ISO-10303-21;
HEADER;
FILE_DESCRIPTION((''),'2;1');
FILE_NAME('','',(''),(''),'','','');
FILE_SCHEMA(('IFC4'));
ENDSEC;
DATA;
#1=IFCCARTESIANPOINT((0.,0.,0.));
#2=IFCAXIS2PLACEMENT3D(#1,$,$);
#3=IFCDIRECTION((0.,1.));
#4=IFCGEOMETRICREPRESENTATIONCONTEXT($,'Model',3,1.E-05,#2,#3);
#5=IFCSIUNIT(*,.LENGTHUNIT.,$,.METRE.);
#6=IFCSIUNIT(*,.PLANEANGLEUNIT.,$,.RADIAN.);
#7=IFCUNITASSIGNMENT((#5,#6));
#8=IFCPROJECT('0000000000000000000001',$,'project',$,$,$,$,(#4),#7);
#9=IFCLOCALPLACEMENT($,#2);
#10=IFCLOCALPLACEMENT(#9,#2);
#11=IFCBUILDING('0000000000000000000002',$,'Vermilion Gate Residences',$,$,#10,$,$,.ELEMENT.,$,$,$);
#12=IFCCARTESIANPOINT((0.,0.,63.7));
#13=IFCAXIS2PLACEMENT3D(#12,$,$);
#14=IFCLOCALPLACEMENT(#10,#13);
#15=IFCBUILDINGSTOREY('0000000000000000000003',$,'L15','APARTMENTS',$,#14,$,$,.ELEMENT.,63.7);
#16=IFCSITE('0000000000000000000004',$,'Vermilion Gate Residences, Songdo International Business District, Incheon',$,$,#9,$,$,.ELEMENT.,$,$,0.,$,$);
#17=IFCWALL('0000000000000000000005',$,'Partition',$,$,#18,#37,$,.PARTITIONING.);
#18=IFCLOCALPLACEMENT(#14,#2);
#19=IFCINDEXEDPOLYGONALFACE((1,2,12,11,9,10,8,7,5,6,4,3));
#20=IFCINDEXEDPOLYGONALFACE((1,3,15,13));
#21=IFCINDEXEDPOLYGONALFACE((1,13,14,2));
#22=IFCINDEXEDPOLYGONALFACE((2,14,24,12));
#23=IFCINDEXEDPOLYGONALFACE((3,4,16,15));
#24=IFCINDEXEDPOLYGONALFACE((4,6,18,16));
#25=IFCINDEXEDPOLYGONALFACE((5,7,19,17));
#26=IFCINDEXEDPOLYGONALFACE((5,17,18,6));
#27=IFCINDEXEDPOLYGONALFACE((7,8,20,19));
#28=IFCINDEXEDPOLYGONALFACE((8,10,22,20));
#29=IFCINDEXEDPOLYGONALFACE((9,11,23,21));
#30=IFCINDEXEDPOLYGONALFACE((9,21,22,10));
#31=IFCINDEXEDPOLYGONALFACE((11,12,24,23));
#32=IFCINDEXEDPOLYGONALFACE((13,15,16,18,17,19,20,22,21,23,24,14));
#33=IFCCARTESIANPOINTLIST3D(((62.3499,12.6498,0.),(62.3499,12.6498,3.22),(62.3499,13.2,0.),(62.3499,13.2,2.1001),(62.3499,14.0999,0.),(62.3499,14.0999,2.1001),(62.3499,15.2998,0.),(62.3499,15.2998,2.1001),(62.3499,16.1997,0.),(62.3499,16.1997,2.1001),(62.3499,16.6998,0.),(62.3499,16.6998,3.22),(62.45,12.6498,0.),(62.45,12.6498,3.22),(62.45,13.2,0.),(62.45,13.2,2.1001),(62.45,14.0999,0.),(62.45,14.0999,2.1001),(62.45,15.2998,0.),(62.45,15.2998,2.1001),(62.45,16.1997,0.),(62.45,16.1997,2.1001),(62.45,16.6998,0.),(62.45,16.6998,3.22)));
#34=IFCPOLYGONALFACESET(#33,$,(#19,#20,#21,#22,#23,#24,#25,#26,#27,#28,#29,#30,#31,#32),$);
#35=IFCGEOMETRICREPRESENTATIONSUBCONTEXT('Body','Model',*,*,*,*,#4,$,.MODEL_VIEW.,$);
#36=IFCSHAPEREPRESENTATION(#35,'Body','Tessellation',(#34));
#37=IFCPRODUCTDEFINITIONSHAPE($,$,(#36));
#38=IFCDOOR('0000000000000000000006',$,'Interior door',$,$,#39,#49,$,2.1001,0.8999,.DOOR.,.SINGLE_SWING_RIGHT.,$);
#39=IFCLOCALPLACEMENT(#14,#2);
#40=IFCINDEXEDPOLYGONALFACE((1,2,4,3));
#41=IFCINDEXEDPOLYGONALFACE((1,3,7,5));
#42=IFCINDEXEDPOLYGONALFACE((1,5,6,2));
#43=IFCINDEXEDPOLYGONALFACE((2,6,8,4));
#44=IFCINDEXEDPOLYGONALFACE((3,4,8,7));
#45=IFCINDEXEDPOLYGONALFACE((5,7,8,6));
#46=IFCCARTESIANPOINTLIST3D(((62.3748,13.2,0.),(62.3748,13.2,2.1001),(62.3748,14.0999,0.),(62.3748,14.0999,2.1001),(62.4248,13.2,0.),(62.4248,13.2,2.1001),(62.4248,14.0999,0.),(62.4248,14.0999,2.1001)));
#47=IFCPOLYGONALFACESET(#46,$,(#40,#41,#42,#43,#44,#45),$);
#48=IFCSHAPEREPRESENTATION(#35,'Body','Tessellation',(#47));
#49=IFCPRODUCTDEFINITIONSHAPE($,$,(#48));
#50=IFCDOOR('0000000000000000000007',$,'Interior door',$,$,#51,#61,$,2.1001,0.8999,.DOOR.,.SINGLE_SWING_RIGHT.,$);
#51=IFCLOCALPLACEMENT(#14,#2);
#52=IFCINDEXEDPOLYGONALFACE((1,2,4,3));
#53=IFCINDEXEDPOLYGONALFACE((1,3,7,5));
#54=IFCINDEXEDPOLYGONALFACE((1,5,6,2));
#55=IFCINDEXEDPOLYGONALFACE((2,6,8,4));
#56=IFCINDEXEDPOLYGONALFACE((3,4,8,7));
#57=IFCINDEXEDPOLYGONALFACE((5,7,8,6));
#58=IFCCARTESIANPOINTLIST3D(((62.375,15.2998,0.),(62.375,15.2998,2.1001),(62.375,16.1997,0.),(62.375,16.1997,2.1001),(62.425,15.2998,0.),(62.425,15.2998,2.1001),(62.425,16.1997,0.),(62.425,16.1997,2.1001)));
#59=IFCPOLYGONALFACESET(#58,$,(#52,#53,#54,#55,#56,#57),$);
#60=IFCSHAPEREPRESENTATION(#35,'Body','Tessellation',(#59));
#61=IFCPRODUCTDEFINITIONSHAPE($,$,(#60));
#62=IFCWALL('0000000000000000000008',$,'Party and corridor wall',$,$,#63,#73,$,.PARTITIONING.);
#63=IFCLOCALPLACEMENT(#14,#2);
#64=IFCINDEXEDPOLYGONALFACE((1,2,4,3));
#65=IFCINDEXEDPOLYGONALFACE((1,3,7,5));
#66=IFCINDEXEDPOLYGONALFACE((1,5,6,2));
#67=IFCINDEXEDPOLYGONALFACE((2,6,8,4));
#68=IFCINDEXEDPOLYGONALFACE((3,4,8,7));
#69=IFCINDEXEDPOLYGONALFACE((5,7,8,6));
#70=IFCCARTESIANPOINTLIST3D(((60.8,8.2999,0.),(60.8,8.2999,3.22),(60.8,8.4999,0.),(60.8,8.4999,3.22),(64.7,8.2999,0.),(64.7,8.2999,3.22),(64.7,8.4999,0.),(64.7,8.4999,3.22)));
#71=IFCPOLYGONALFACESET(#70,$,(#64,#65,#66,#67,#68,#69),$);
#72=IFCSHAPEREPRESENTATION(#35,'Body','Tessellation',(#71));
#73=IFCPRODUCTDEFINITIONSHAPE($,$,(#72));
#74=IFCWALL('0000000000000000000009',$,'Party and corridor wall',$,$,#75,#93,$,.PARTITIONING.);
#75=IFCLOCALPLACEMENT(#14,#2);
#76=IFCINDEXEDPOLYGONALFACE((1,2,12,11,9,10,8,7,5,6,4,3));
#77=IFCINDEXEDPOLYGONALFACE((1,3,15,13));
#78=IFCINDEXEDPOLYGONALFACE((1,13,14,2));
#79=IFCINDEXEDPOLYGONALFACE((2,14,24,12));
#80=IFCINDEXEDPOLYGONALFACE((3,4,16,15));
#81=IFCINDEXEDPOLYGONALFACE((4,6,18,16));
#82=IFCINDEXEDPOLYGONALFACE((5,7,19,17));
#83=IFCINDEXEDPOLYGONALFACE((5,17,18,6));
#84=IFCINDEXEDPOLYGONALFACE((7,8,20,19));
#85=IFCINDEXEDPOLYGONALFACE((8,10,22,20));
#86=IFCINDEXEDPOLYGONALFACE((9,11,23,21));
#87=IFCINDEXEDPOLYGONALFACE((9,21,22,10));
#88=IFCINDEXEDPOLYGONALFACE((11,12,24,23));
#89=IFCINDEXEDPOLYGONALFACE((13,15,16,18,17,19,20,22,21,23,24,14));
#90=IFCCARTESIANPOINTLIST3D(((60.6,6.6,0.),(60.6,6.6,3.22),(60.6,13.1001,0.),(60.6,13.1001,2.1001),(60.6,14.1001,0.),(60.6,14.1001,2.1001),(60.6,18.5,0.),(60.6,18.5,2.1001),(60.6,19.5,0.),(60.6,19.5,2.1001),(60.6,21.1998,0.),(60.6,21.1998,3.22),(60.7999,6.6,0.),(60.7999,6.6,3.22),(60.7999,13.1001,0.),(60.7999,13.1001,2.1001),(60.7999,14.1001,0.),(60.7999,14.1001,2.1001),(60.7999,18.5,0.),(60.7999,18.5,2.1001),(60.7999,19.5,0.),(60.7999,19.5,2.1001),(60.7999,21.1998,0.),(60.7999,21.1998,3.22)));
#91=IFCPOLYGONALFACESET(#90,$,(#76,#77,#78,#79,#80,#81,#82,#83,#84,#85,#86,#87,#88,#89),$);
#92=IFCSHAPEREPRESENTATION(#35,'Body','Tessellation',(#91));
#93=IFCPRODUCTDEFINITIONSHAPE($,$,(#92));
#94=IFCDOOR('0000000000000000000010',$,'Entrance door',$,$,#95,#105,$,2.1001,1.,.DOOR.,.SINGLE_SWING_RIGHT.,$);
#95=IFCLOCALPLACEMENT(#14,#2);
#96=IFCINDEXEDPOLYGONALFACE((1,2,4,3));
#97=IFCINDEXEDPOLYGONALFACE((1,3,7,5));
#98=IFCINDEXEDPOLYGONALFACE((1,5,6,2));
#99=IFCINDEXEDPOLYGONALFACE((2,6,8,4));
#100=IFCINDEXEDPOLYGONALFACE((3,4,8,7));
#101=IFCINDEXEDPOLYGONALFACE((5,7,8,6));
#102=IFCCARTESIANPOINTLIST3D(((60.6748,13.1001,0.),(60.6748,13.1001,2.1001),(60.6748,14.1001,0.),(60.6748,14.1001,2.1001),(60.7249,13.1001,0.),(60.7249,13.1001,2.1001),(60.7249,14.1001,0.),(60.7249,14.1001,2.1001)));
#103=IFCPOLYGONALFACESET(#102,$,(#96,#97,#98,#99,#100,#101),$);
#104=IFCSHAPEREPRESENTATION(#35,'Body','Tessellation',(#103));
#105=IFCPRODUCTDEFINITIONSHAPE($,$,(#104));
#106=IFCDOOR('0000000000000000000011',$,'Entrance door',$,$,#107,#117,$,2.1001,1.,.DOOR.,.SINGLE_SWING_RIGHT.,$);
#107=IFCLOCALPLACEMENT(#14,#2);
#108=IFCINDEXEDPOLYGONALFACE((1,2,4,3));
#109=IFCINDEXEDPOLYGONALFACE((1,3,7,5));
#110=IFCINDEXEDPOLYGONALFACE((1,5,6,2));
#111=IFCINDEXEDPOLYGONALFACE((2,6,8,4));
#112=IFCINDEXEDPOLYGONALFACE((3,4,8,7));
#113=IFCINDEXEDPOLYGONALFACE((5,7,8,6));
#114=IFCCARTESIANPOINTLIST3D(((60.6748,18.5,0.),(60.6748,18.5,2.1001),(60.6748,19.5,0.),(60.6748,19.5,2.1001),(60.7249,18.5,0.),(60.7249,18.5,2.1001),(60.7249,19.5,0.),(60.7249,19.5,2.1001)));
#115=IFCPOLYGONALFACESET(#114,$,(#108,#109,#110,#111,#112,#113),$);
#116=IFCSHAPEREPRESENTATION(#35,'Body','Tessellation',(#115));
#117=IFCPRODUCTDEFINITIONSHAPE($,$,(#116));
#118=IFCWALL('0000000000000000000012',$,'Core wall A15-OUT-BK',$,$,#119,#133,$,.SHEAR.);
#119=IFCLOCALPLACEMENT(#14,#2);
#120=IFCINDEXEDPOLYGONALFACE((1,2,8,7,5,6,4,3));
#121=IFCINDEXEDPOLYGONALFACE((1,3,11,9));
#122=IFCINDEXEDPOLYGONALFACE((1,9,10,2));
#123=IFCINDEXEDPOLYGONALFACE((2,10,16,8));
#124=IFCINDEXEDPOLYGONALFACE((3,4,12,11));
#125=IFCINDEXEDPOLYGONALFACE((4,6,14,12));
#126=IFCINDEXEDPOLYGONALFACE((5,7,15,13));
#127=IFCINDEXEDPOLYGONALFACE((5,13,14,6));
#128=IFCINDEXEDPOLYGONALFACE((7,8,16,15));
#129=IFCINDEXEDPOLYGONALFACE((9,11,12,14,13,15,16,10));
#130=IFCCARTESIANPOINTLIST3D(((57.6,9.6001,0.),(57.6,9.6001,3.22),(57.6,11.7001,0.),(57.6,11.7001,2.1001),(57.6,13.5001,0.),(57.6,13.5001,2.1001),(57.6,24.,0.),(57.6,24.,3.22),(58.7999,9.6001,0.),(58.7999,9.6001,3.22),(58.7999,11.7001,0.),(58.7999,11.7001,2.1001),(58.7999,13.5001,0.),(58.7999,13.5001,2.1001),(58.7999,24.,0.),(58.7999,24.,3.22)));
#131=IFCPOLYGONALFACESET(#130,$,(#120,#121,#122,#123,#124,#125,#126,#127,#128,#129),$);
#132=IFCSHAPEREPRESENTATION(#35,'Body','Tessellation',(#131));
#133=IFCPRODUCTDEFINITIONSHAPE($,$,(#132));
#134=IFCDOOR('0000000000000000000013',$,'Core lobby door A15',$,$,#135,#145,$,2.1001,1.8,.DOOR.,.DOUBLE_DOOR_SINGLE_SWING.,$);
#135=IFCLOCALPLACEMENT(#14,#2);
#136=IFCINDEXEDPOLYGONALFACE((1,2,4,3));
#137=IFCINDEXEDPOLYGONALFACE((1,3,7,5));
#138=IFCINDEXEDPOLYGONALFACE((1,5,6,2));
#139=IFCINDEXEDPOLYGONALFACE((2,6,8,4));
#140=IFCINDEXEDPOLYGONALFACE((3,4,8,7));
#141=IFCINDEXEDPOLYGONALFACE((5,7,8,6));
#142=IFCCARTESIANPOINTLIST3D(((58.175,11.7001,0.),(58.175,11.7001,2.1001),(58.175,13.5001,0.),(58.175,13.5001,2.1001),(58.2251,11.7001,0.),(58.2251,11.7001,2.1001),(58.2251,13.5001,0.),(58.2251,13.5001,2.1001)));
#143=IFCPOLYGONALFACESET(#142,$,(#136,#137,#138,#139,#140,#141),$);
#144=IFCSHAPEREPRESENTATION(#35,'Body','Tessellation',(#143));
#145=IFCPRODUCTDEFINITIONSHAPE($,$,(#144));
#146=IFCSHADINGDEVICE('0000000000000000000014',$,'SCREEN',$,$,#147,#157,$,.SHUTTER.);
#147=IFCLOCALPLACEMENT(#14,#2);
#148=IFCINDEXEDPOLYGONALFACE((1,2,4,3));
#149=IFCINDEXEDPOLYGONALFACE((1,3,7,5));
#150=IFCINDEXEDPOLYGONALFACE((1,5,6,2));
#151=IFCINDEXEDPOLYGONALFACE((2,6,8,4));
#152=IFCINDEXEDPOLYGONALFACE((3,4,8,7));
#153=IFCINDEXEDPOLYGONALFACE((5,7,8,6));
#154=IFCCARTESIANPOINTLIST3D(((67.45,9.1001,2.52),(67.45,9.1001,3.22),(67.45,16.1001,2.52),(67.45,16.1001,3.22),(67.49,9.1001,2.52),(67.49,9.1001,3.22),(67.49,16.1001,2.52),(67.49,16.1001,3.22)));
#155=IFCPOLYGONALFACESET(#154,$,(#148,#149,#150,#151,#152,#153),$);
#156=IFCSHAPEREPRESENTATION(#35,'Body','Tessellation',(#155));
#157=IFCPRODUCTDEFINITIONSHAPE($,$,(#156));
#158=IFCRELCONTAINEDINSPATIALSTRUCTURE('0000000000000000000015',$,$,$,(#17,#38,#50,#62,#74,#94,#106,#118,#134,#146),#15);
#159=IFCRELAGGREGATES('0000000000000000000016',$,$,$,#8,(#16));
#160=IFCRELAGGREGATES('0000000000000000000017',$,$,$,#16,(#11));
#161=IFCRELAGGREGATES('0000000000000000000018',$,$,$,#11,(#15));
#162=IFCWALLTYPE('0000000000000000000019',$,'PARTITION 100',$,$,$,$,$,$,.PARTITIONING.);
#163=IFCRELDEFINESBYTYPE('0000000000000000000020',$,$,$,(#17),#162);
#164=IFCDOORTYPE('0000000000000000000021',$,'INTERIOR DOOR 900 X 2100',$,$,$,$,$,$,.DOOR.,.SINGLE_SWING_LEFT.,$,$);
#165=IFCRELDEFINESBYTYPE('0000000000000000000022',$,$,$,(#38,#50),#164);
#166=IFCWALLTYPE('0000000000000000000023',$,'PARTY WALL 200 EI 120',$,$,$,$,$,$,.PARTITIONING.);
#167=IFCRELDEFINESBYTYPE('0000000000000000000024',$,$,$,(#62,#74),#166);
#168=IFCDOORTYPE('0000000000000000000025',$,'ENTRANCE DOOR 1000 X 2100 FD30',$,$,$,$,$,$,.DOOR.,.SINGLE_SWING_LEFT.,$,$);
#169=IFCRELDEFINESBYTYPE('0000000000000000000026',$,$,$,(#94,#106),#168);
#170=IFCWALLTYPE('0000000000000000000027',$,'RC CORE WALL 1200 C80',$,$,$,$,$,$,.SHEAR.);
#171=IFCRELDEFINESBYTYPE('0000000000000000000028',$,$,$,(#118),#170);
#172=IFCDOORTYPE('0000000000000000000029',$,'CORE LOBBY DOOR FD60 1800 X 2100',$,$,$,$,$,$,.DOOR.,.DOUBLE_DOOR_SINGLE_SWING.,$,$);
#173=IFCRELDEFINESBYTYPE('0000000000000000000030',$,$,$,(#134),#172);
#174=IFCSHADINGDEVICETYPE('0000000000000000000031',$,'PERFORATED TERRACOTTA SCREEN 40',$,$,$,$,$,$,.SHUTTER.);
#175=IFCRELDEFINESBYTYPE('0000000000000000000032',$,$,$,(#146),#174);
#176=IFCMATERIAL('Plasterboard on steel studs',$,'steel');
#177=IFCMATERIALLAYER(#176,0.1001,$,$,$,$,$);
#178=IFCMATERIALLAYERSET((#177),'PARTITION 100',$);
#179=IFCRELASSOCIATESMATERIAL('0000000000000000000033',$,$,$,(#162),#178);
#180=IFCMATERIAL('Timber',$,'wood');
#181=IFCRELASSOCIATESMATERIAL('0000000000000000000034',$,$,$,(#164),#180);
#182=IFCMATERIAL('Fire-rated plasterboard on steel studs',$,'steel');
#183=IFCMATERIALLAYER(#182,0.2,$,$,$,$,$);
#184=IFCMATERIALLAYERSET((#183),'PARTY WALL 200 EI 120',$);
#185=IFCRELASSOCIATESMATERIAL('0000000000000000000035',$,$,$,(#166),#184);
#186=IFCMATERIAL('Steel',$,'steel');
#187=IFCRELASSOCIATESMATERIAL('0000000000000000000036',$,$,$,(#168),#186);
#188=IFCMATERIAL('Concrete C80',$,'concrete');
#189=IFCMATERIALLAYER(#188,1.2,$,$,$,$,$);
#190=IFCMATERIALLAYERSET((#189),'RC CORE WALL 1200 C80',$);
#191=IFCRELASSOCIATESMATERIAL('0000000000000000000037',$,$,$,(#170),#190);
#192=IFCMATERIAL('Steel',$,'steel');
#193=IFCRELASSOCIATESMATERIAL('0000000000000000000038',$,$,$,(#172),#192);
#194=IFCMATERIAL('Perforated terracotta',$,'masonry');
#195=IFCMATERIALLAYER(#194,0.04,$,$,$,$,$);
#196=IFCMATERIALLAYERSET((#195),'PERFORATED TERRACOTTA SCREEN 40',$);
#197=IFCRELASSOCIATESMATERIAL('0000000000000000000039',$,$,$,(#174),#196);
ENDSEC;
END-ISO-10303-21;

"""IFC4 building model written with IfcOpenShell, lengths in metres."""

from ifc_helpers import new_model, si_unit, direction, frame, frame_2d, origin, origin_2d, place, context, subcontext, project, spatial, rectangle, extrude, material, layer, layer_set, type_object, element, fill, save


model = new_model("IFC4")

# Units and contexts
model_context = context("Model", 3, precision=1e-05, world=origin(), true_north=direction((0.0, 1.0)))
body_context = subcontext(model_context, "Body", "Model", "MODEL_VIEW")
ifc_project = project(units=[si_unit("LENGTHUNIT", "METRE"), si_unit("PLANEANGLEUNIT", "RADIAN")], contexts=[model_context])

# Site, building, storey
site_placement = place(None, origin())
site = spatial("IfcSite", under=ifc_project, at=site_placement, Name="Vermilion Gate Residences, Songdo International Business District, Incheon", CompositionType="ELEMENT", RefElevation=0.0)
building_placement = place(site_placement, origin())
building = spatial("IfcBuilding", under=site, at=building_placement, Name="Vermilion Gate Residences", CompositionType="ELEMENT")
storey_placement = place(building_placement, frame((0.0, 0.0, 63.7)))
storey = spatial("IfcBuildingStorey", under=building, at=storey_placement, Name="L15", Description="APARTMENTS", CompositionType="ELEMENT", Elevation=63.7)

# Shared definitions
ifc_material_1 = material(Name="Plasterboard on steel studs", Category="steel")
ifc_layer_1 = layer(ifc_material_1, 0.1001)
ifc_layer_set_1 = layer_set([ifc_layer_1], Name="PARTITION 100")
wall_type_1 = type_object("IfcWallType", Name="PARTITION 100", PredefinedType="PARTITIONING", material=ifc_layer_set_1)
ifc_material_2 = material(Name="Timber", Category="wood")
door_type_1 = type_object("IfcDoorType", Name="INTERIOR DOOR 900 X 2100", OperationType="SINGLE_SWING_LEFT", PredefinedType="DOOR", material=ifc_material_2)

# Wall, openings, doors
wall_1_placement = place(storey_placement, frame((62.3999, 12.6499, 0.0), z_axis=(0.0, 0.0, 1.0), x_axis=(0.0, 1.0, 0.0)))
wall_1 = element("IfcWall", 1, at=wall_1_placement, inside=storey, type_object=wall_type_1, Name="Partition", PredefinedType="PARTITIONING", context=body_context, shape_type="SweptSolid", body=[
    extrude(rectangle(XDim=4.05, YDim=0.1001, at=frame_2d((2.0249, 0.0))), origin(), (0.0, 0.0, 1.0), 3.22),
])
opening_1_placement = place(wall_1_placement, frame((0.55, 0.0, 0.0)))
opening_1 = element("IfcOpeningElement", 2, at=opening_1_placement, cuts=wall_1, PredefinedType="OPENING", context=body_context, shape_type="SweptSolid", body=[
    extrude(rectangle(XDim=0.8999, YDim=2.1001, at=frame_2d((0.45, 1.05))), frame((0.0, 0.0601, 0.0), z_axis=(0.0, -1.0, 0.0), x_axis=(1.0, 0.0, 0.0)), (0.0, 0.0, 1.0), 0.1201),
])
opening_2_placement = place(wall_1_placement, frame((2.6499, 0.0, 0.0)))
opening_2 = element("IfcOpeningElement", 3, at=opening_2_placement, cuts=wall_1, PredefinedType="OPENING", context=body_context, shape_type="SweptSolid", body=[
    extrude(rectangle(XDim=0.8999, YDim=2.1001, at=frame_2d((0.45, 1.05))), frame((0.0, 0.0601, 0.0), z_axis=(0.0, -1.0, 0.0), x_axis=(1.0, 0.0, 0.0)), (0.0, 0.0, 1.0), 0.1201),
])
door_1_placement = place(opening_1_placement, frame((0.8999, 0.0, 0.0), z_axis=(0.0, 0.0, 1.0), x_axis=(-1.0, 0.0, 0.0)))
door_1 = element("IfcDoor", 4, at=door_1_placement, inside=storey, type_object=door_type_1, Name="Interior door", OperationType="SINGLE_SWING_RIGHT", OverallHeight=2.1001, OverallWidth=0.8999, PredefinedType="DOOR", context=body_context, shape_type="SweptSolid", body=[
    extrude(rectangle(XDim=0.8999, YDim=2.1001, at=frame_2d((0.45, 1.05))), frame((0.0, 0.0249, 0.0), z_axis=(0.0, -1.0, 0.0), x_axis=(1.0, 0.0, 0.0)), (0.0, 0.0, 1.0), 0.05),
])
fill(opening_1, door_1)
door_2_placement = place(opening_2_placement, origin())
door_2 = element("IfcDoor", 5, at=door_2_placement, inside=storey, type_object=door_type_1, Name="Interior door", OperationType="SINGLE_SWING_RIGHT", OverallHeight=2.1001, OverallWidth=0.8999, PredefinedType="DOOR", context=body_context, shape_type="SweptSolid", body=[
    extrude(rectangle(XDim=0.8999, YDim=2.1001, at=frame_2d((0.45, 1.05))), frame((0.0, 0.0249, 0.0), z_axis=(0.0, -1.0, 0.0), x_axis=(1.0, 0.0, 0.0)), (0.0, 0.0, 1.0), 0.05),
])
fill(opening_2, door_2)

# Wall
ifc_material_3 = material(Name="Fire-rated plasterboard on steel studs", Category="steel")
ifc_layer_2 = layer(ifc_material_3, 0.2)
ifc_layer_set_2 = layer_set([ifc_layer_2], Name="PARTY WALL 200 EI 120")
wall_type_2 = type_object("IfcWallType", Name="PARTY WALL 200 EI 120", PredefinedType="PARTITIONING", material=ifc_layer_set_2)
wall_2_placement = place(storey_placement, frame((60.8, 8.3999, 0.0), z_axis=(0.0, 0.0, 1.0), x_axis=(1.0, 0.0, 0.0)))
element("IfcWall", 6, at=wall_2_placement, inside=storey, type_object=wall_type_2, Name="Party and corridor wall", PredefinedType="PARTITIONING", context=body_context, shape_type="SweptSolid", body=[
    extrude(rectangle(XDim=3.8999, YDim=0.2, at=frame_2d((1.95, 0.0))), origin(), (0.0, 0.0, 1.0), 3.22),
])

# Wall, openings, doors
wall_3_placement = place(storey_placement, frame((60.7, 6.6001, 0.0), z_axis=(0.0, 0.0, 1.0), x_axis=(0.0, 1.0, 0.0)))
wall_3 = element("IfcWall", 7, at=wall_3_placement, inside=storey, type_object=wall_type_2, Name="Party and corridor wall", PredefinedType="PARTITIONING", context=body_context, shape_type="SweptSolid", body=[
    extrude(rectangle(XDim=14.5999, YDim=0.2, at=frame_2d((7.2998, 0.0))), origin(), (0.0, 0.0, 1.0), 3.22),
])
opening_3_placement = place(wall_3_placement, frame((6.5, 0.0, 0.0)))
opening_3 = element("IfcOpeningElement", 8, at=opening_3_placement, cuts=wall_3, PredefinedType="OPENING", context=body_context, shape_type="SweptSolid", body=[
    extrude(rectangle(XDim=1.0, YDim=2.1001, at=frame_2d((0.5, 1.05))), frame((0.0, 0.1099, 0.0), z_axis=(0.0, -1.0, 0.0), x_axis=(1.0, 0.0, 0.0)), (0.0, 0.0, 1.0), 0.22),
])
opening_4_placement = place(wall_3_placement, frame((11.8999, 0.0, 0.0)))
opening_4 = element("IfcOpeningElement", 9, at=opening_4_placement, cuts=wall_3, PredefinedType="OPENING", context=body_context, shape_type="SweptSolid", body=[
    extrude(rectangle(XDim=1.0, YDim=2.1001, at=frame_2d((0.5, 1.05))), frame((0.0, 0.1099, 0.0), z_axis=(0.0, -1.0, 0.0), x_axis=(1.0, 0.0, 0.0)), (0.0, 0.0, 1.0), 0.22),
])
ifc_material_4 = material(Name="Steel", Category="steel")
door_type_2 = type_object("IfcDoorType", Name="ENTRANCE DOOR 1000 X 2100 FD30", OperationType="SINGLE_SWING_LEFT", PredefinedType="DOOR", material=ifc_material_4)
door_3_placement = place(opening_3_placement, frame((1.0, 0.0, 0.0), z_axis=(0.0, 0.0, 1.0), x_axis=(-1.0, 0.0, 0.0)))
door_3 = element("IfcDoor", 10, at=door_3_placement, inside=storey, type_object=door_type_2, Name="Entrance door", OperationType="SINGLE_SWING_RIGHT", OverallHeight=2.1001, OverallWidth=1.0, PredefinedType="DOOR", context=body_context, shape_type="SweptSolid", body=[
    extrude(rectangle(XDim=1.0, YDim=2.1001, at=frame_2d((0.5, 1.05))), frame((0.0, 0.0249, 0.0), z_axis=(0.0, -1.0, 0.0), x_axis=(1.0, 0.0, 0.0)), (0.0, 0.0, 1.0), 0.05),
])
fill(opening_3, door_3)
door_4_placement = place(opening_4_placement, frame((1.0, 0.0, 0.0), z_axis=(0.0, 0.0, 1.0), x_axis=(-1.0, 0.0, 0.0)))
door_4 = element("IfcDoor", 11, at=door_4_placement, inside=storey, type_object=door_type_2, Name="Entrance door", OperationType="SINGLE_SWING_RIGHT", OverallHeight=2.1001, OverallWidth=1.0, PredefinedType="DOOR", context=body_context, shape_type="SweptSolid", body=[
    extrude(rectangle(XDim=1.0, YDim=2.1001, at=frame_2d((0.5, 1.05))), frame((0.0, 0.0249, 0.0), z_axis=(0.0, -1.0, 0.0), x_axis=(1.0, 0.0, 0.0)), (0.0, 0.0, 1.0), 0.05),
])
fill(opening_4, door_4)

# Wall, opening, door
ifc_material_5 = material(Name="Concrete C80", Category="concrete")
ifc_layer_3 = layer(ifc_material_5, 1.2)
ifc_layer_set_3 = layer_set([ifc_layer_3], Name="RC CORE WALL 1200 C80")
wall_type_3 = type_object("IfcWallType", Name="RC CORE WALL 1200 C80", PredefinedType="SHEAR", material=ifc_layer_set_3)
wall_4_placement = place(storey_placement, frame((58.2, 9.6001, 0.0), z_axis=(0.0, 0.0, 1.0), x_axis=(0.0, 1.0, 0.0)))
wall_4 = element("IfcWall", 12, at=wall_4_placement, inside=storey, type_object=wall_type_3, Name="Core wall A15-OUT-BK", PredefinedType="SHEAR", context=body_context, shape_type="SweptSolid", body=[
    extrude(rectangle(XDim=14.3999, YDim=1.2, at=frame_2d((7.2, 0.0))), origin(), (0.0, 0.0, 1.0), 3.22),
])
opening_5_placement = place(wall_4_placement, frame((2.1001, 0.0, 0.0)))
opening_5 = element("IfcOpeningElement", 13, at=opening_5_placement, cuts=wall_4, PredefinedType="OPENING", context=body_context, shape_type="SweptSolid", body=[
    extrude(rectangle(XDim=1.8, YDim=2.1001, at=frame_2d((0.8999, 1.05))), frame((0.0, 0.6099, 0.0), z_axis=(0.0, -1.0, 0.0), x_axis=(1.0, 0.0, 0.0)), (0.0, 0.0, 1.0), 1.22),
])
ifc_material_6 = material(Name="Steel", Category="steel")
door_type_3 = type_object("IfcDoorType", Name="CORE LOBBY DOOR FD60 1800 X 2100", OperationType="DOUBLE_DOOR_SINGLE_SWING", PredefinedType="DOOR", material=ifc_material_6)
door_5_placement = place(opening_5_placement, origin())
door_5 = element("IfcDoor", 14, at=door_5_placement, inside=storey, type_object=door_type_3, Name="Core lobby door A15", OperationType="DOUBLE_DOOR_SINGLE_SWING", OverallHeight=2.1001, OverallWidth=1.8, PredefinedType="DOOR", context=body_context, shape_type="SweptSolid", body=[
    extrude(rectangle(XDim=1.8, YDim=2.1001, at=frame_2d((0.8999, 1.05))), frame((0.0, 0.0249, 0.0), z_axis=(0.0, -1.0, 0.0), x_axis=(1.0, 0.0, 0.0)), (0.0, 0.0, 1.0), 0.05),
])
fill(opening_5, door_5)

# Shading device
ifc_material_7 = material(Name="Perforated terracotta", Category="masonry")
ifc_layer_4 = layer(ifc_material_7, 0.04)
ifc_layer_set_4 = layer_set([ifc_layer_4], Name="PERFORATED TERRACOTTA SCREEN 40")
shading_device_type_1 = type_object("IfcShadingDeviceType", Name="PERFORATED TERRACOTTA SCREEN 40", PredefinedType="SHUTTER", material=ifc_layer_set_4)
shading_device_1_placement = place(storey_placement, frame((67.47, 12.6001, 2.52), z_axis=(0.0, 0.0, 1.0), x_axis=(0.0, 1.0, 0.0)))
element("IfcShadingDevice", 15, at=shading_device_1_placement, inside=storey, type_object=shading_device_type_1, Name="SCREEN", PredefinedType="SHUTTER", context=body_context, shape_type="SweptSolid", body=[
    extrude(rectangle(XDim=7.0, YDim=0.04, at=origin_2d()), origin(), (0.0, 0.0, 1.0), 0.7),
])

save(model, "model.ifc")
